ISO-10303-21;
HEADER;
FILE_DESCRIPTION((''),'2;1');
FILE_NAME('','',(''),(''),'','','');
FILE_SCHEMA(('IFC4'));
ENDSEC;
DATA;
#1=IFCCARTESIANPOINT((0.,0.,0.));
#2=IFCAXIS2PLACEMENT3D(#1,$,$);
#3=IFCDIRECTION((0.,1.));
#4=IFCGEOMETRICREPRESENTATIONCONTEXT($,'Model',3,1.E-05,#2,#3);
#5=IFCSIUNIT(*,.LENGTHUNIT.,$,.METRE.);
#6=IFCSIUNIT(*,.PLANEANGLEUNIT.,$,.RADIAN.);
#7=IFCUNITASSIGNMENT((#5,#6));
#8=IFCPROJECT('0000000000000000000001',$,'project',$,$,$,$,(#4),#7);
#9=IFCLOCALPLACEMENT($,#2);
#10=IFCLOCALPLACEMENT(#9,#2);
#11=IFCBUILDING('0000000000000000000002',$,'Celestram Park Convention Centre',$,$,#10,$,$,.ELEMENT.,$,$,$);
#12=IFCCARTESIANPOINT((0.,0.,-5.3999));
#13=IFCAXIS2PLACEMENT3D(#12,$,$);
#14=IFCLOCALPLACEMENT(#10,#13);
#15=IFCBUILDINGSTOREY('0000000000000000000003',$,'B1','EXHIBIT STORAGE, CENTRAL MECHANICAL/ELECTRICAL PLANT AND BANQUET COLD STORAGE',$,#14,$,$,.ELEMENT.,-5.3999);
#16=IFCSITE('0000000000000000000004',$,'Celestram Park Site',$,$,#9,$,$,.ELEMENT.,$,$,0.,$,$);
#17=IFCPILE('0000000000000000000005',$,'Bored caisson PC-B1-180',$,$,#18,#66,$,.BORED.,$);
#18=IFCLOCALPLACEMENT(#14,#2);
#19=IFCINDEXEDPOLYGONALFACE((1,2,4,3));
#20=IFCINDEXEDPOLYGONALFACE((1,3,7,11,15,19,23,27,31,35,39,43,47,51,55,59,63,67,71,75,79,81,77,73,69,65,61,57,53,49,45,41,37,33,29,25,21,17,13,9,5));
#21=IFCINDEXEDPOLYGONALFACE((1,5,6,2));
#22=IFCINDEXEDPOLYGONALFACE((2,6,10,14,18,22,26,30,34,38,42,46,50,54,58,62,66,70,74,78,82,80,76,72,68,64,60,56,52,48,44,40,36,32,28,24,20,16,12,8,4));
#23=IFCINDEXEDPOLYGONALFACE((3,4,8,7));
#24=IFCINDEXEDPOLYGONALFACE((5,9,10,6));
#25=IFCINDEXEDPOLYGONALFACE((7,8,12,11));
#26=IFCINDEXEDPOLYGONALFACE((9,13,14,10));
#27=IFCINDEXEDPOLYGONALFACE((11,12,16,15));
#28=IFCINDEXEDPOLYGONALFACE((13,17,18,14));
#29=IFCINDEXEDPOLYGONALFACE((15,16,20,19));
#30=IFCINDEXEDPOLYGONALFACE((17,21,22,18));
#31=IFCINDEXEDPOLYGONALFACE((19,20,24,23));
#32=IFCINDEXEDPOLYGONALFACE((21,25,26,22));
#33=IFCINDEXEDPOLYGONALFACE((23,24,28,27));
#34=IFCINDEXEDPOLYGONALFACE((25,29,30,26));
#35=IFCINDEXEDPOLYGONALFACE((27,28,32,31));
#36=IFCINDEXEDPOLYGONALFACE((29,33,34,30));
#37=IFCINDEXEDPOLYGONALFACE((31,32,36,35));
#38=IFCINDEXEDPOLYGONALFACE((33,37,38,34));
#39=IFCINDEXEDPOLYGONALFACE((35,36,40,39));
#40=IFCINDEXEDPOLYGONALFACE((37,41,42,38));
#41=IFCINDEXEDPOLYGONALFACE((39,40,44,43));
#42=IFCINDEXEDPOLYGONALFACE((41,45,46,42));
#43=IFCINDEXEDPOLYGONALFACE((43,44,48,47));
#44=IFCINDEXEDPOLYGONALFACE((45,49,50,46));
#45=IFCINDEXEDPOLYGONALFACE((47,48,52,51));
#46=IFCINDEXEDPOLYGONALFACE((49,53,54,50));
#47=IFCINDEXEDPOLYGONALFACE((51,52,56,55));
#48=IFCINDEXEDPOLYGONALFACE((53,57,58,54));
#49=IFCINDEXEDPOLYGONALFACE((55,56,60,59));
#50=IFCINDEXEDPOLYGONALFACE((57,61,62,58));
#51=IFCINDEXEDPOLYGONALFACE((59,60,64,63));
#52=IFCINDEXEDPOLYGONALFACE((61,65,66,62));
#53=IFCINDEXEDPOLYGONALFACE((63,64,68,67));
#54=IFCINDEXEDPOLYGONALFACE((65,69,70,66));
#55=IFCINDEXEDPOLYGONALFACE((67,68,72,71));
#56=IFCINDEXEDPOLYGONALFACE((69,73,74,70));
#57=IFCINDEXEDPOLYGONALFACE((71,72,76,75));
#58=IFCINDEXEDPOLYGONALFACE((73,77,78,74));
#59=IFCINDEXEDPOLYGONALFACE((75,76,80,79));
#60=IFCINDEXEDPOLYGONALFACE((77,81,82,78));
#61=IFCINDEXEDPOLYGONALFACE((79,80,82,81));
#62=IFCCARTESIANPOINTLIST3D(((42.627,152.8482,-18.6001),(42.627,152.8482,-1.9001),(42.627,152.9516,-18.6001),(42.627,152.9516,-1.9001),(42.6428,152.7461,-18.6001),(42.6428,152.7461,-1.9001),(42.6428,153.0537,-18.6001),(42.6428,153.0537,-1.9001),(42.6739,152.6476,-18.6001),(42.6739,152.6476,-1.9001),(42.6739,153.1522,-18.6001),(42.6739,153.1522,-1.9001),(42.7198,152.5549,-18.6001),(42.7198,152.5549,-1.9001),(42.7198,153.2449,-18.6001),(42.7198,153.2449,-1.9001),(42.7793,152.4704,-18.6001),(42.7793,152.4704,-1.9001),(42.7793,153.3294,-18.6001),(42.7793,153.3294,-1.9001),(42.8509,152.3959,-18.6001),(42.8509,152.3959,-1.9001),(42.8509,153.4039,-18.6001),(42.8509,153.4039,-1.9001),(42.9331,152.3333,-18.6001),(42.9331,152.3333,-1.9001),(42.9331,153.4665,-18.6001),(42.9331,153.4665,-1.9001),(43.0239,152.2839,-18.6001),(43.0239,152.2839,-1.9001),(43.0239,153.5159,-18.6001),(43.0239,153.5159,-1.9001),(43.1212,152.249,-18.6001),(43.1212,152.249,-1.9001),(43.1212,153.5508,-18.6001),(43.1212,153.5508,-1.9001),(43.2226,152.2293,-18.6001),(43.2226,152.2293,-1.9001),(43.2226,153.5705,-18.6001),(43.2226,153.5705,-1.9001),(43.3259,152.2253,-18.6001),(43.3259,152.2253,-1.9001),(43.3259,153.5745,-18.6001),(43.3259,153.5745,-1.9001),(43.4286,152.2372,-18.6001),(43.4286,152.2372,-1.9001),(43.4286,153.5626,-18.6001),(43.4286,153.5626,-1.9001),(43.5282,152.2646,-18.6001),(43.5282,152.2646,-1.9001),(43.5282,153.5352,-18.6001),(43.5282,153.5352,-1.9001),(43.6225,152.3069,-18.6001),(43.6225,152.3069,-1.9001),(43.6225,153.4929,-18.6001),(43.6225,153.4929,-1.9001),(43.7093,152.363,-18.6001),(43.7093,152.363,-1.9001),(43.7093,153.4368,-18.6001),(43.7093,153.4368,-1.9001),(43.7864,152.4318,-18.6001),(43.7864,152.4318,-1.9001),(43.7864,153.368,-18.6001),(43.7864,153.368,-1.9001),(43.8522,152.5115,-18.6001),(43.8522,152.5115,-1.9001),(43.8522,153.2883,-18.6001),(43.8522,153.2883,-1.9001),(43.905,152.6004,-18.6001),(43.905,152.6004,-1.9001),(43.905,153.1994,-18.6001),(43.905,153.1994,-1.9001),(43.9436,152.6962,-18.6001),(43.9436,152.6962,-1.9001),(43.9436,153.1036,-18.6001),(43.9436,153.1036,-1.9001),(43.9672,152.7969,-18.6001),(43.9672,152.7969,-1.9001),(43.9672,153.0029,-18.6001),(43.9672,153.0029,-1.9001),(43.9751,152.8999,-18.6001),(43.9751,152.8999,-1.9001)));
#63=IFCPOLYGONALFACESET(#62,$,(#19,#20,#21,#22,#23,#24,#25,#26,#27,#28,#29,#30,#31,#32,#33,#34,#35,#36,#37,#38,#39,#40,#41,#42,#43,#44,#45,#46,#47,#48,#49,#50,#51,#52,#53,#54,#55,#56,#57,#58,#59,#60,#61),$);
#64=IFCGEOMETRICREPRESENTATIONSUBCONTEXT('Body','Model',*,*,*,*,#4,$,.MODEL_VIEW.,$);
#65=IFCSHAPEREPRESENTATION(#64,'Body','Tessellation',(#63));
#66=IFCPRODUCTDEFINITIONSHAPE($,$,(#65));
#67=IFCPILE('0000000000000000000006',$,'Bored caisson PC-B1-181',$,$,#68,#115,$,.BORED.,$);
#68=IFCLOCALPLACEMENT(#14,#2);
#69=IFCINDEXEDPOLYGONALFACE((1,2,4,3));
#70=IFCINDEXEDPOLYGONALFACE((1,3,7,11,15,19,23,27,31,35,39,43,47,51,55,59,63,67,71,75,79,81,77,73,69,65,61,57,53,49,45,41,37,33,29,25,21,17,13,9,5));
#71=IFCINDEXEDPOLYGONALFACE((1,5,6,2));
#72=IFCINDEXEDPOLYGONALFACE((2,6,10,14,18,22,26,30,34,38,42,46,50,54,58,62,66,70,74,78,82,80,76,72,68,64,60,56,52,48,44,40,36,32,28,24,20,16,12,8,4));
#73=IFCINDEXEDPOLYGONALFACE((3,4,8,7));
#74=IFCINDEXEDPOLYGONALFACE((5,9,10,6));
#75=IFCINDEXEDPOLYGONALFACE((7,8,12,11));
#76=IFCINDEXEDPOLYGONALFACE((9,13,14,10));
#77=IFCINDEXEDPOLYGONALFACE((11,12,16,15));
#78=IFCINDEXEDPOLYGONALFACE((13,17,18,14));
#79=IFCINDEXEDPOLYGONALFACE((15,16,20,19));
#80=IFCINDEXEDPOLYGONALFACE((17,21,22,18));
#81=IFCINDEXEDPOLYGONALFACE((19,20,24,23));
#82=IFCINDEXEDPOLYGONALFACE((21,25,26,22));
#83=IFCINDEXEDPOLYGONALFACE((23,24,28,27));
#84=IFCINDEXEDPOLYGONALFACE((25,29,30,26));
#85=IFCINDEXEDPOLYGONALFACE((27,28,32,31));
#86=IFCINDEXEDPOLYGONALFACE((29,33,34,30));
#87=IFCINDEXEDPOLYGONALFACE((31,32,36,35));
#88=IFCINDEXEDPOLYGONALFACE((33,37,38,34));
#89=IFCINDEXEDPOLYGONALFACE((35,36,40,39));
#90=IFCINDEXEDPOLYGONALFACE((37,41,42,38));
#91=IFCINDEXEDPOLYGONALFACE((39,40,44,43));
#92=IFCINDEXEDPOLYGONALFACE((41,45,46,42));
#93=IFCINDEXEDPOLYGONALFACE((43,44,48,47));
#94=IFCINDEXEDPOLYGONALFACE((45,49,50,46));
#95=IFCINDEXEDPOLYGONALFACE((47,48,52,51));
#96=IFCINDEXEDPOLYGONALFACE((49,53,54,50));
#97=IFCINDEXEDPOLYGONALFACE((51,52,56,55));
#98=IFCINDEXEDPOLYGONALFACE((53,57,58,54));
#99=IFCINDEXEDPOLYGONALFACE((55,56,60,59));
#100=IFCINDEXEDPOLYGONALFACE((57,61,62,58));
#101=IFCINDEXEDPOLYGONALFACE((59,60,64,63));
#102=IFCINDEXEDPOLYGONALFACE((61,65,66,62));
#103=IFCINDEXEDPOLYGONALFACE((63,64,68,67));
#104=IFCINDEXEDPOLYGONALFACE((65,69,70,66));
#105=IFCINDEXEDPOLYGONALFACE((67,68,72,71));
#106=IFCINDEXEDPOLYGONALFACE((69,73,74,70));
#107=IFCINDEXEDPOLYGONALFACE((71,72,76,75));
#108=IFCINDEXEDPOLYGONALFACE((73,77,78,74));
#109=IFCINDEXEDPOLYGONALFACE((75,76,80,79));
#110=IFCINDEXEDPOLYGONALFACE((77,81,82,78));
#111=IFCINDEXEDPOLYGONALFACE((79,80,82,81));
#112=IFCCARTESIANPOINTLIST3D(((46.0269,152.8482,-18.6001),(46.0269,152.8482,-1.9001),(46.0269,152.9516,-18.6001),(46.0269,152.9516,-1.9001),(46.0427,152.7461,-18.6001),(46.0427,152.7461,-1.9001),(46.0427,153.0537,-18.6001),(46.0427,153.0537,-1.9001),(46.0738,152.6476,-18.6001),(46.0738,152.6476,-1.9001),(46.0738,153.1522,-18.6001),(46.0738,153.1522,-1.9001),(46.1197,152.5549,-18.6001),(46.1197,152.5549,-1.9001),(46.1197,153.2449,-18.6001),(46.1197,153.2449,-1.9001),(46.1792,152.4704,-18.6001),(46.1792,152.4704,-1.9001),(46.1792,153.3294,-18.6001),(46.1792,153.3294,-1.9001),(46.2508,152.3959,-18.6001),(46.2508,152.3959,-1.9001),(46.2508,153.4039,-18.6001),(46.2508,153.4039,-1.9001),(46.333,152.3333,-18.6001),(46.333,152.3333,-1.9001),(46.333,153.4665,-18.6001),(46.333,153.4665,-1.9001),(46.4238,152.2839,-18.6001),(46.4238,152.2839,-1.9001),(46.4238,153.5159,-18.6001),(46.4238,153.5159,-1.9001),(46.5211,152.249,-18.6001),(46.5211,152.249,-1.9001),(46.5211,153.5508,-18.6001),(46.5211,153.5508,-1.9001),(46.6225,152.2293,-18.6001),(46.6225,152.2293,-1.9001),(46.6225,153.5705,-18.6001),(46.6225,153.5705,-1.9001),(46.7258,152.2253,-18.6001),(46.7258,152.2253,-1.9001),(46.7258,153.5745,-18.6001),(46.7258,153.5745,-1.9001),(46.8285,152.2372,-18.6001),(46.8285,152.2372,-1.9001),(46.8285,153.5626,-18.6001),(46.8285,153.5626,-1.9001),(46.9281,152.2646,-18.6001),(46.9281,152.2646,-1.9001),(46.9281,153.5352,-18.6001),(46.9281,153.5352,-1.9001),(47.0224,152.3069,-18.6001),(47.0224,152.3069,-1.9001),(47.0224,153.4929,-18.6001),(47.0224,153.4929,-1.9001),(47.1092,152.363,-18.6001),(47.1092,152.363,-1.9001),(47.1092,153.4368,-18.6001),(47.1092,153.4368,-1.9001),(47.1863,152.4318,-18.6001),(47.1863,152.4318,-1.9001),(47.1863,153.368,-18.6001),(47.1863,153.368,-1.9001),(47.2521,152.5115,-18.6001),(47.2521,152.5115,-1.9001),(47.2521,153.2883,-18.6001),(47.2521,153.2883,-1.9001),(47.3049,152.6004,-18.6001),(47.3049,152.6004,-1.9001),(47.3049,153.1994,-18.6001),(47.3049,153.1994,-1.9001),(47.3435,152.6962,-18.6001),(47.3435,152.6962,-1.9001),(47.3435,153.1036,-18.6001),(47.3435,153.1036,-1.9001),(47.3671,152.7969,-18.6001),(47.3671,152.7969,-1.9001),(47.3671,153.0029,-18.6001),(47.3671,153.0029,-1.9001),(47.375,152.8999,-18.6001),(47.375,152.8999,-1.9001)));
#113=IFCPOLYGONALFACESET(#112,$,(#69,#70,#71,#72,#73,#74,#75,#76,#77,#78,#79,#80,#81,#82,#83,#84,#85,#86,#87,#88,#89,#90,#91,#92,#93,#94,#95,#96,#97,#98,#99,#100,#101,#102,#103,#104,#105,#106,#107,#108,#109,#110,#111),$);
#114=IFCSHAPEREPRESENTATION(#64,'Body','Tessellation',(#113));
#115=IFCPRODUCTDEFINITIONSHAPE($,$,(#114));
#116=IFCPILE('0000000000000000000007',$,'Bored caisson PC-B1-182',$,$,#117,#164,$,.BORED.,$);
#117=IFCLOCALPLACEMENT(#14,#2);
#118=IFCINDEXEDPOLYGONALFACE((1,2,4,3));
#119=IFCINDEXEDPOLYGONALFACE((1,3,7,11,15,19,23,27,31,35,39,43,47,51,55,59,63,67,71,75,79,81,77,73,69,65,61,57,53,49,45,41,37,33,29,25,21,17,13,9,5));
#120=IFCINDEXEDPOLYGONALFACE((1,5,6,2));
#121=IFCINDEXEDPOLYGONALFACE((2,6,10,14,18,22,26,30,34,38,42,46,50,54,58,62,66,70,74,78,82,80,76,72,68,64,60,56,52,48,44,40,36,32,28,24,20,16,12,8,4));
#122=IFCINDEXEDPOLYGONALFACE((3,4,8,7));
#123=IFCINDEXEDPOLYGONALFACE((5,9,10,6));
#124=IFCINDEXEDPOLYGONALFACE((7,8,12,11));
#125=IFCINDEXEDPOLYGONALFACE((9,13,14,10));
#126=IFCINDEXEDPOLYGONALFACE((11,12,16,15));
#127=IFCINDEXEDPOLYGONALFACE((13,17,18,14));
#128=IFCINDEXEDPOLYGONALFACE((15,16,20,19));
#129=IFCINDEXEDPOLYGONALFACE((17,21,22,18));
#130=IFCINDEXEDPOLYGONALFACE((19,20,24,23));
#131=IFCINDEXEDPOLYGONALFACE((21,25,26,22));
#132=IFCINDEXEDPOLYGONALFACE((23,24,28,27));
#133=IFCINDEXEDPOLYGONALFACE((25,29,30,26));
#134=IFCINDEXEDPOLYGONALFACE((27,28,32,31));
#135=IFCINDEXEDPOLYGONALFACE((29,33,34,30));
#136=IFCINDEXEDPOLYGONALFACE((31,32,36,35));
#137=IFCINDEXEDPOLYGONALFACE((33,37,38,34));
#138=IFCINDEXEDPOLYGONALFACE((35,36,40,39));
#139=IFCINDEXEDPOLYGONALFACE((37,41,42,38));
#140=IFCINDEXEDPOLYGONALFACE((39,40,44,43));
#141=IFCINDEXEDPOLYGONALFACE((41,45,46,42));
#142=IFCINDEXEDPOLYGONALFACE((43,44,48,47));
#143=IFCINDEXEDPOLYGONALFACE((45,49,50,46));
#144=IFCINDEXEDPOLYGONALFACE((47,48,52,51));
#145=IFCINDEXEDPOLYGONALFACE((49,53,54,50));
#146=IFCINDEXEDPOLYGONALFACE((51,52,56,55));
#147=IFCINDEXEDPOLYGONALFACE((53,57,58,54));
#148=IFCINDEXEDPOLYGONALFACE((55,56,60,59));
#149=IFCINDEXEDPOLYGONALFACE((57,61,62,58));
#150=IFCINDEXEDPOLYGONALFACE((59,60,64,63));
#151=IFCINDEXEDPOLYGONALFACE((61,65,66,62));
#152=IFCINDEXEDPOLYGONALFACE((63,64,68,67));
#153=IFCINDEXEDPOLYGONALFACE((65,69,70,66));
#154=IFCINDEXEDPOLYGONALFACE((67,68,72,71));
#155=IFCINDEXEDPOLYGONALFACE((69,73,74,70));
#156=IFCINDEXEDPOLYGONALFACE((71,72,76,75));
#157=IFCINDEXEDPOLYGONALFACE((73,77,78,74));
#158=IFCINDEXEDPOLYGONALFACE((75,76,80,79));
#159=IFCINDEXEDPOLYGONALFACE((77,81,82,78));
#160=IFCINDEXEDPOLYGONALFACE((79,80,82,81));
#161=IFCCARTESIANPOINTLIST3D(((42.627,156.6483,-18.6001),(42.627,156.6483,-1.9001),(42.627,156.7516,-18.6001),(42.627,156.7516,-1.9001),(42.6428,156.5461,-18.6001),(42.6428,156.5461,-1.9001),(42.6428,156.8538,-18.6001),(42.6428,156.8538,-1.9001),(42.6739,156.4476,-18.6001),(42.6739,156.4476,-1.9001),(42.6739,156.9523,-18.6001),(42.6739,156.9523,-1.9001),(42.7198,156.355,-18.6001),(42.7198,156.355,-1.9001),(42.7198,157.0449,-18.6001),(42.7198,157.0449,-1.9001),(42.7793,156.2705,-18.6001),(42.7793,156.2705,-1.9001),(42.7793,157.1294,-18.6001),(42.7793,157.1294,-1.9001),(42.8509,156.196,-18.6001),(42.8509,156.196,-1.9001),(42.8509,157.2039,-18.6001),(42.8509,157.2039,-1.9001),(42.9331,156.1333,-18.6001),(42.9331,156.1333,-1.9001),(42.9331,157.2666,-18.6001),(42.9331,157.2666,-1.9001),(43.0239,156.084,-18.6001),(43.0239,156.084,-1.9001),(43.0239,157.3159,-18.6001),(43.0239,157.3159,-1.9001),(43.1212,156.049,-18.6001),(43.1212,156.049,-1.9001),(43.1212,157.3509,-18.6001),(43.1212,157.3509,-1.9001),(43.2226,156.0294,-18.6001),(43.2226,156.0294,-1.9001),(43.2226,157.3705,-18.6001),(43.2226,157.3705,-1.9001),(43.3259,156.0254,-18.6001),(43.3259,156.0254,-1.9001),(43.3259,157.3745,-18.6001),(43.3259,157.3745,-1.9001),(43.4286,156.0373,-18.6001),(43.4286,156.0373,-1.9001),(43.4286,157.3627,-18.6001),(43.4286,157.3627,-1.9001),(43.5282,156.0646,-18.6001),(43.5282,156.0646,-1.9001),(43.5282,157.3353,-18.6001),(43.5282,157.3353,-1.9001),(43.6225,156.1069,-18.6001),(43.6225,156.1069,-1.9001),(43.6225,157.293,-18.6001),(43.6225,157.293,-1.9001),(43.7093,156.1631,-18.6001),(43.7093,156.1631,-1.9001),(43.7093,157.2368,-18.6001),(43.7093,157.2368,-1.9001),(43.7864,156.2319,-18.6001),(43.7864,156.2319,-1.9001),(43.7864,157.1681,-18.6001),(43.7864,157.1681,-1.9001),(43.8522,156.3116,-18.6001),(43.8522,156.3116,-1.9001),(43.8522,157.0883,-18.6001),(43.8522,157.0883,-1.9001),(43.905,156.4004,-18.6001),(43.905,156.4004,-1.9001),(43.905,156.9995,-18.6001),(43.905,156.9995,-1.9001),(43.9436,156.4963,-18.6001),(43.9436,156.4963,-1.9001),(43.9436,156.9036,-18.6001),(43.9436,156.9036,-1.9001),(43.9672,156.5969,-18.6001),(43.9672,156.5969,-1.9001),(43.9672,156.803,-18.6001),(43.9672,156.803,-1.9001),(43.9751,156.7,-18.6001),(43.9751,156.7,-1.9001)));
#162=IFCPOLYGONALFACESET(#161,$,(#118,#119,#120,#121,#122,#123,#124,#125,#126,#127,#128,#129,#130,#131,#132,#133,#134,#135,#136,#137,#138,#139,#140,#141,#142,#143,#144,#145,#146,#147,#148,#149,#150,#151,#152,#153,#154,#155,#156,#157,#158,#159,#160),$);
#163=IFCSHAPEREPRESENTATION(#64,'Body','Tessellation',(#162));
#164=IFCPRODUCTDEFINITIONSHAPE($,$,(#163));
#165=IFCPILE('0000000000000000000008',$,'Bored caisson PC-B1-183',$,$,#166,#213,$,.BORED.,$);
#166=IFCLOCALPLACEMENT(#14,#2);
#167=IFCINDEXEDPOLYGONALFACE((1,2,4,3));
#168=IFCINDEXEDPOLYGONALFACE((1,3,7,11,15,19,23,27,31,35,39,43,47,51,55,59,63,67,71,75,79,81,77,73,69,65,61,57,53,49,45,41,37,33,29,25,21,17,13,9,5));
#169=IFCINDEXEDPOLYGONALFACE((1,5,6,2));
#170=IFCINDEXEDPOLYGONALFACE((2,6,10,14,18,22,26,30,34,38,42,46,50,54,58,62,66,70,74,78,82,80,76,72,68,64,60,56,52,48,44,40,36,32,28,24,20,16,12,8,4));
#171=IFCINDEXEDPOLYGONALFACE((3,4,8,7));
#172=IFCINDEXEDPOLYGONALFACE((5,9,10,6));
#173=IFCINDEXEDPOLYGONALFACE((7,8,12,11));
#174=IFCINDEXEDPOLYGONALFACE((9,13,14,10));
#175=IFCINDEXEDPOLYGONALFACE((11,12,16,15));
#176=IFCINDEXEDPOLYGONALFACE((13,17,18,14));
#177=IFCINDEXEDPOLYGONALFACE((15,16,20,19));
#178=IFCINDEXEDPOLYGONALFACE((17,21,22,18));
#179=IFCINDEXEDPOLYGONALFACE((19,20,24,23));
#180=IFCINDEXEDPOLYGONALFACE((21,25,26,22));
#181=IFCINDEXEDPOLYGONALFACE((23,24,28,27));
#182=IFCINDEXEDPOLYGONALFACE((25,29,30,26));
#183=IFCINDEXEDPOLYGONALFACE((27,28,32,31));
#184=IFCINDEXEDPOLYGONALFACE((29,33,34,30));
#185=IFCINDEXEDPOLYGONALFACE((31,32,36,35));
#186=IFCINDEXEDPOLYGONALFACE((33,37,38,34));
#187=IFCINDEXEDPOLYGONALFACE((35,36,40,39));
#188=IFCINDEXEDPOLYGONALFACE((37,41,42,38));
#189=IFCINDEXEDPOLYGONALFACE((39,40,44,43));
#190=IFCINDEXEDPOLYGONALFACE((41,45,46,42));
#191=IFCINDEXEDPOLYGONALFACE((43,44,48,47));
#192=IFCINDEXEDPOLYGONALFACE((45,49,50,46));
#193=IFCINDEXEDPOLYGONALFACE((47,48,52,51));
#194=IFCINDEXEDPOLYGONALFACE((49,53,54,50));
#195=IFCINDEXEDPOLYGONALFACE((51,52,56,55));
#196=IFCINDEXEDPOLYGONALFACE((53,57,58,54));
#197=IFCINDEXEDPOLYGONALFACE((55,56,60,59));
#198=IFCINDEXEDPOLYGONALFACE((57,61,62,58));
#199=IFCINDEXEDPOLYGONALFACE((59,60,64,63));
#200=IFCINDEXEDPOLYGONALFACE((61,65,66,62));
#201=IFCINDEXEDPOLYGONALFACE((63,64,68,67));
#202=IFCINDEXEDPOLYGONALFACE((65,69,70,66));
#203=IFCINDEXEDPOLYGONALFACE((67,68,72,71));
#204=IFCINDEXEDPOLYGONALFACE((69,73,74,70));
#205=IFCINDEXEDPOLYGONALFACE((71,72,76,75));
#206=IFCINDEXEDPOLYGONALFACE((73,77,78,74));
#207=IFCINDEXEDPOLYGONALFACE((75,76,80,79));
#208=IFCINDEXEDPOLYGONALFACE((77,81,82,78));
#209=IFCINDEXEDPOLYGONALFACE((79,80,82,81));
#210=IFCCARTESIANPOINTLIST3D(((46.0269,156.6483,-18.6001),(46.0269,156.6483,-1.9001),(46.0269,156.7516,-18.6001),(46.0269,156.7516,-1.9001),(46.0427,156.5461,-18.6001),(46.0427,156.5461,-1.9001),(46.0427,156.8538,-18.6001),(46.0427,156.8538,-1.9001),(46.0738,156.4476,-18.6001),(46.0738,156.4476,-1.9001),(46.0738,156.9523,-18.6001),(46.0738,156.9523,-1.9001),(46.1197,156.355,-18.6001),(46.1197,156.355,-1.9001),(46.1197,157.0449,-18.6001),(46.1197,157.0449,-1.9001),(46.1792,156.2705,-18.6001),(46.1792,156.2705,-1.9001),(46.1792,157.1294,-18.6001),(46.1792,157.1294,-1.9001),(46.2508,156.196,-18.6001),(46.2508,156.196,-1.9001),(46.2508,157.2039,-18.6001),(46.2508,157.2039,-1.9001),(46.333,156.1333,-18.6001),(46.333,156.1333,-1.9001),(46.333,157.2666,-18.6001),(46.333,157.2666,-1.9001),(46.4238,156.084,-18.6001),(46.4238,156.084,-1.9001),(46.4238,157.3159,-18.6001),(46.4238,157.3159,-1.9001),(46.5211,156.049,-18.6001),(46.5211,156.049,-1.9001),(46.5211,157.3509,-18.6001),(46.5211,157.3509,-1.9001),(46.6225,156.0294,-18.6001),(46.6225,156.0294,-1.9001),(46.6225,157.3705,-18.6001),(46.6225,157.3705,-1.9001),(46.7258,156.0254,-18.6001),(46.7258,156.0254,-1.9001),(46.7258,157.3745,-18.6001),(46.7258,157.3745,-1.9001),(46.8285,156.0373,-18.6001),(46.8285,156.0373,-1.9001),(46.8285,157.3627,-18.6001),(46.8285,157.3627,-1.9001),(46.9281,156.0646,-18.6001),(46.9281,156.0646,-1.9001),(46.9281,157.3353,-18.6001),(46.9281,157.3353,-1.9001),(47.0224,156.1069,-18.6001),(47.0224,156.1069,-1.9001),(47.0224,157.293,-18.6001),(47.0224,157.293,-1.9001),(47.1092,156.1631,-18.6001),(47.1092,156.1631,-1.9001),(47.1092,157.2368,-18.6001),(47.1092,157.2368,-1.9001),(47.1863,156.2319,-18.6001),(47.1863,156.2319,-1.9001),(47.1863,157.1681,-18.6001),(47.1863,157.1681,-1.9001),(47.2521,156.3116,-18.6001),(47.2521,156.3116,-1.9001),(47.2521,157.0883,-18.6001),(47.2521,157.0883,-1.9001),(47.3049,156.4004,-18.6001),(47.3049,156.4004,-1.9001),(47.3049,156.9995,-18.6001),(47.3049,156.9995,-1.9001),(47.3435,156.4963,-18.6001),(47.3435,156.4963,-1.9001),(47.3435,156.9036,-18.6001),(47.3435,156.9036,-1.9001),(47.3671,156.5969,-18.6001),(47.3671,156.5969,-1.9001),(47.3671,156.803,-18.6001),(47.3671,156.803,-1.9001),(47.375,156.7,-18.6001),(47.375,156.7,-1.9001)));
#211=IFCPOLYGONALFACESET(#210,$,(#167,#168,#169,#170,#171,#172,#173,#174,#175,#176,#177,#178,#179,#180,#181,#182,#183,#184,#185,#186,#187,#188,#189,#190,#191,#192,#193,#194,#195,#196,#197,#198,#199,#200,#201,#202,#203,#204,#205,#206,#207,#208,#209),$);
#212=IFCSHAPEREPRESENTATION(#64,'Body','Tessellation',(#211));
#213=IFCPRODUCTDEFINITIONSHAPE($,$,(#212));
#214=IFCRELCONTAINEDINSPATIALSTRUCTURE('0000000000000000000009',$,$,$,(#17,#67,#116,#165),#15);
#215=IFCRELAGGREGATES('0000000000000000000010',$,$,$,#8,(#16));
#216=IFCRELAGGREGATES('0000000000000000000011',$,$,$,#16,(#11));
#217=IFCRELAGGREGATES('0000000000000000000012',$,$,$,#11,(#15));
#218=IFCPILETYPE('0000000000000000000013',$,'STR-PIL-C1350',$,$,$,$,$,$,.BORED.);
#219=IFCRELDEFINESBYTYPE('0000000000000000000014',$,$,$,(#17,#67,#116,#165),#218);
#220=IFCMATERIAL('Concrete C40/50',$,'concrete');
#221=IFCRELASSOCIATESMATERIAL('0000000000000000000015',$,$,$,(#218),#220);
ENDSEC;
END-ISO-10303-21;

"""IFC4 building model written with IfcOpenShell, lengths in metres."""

from ifc_helpers import new_model, si_unit, direction, frame, origin, origin_2d, place, context, subcontext, project, spatial, circle, extrude, material, material_profile, profile_set, type_object, element, save


model = new_model("IFC4")

# Units and contexts
model_context = context("Model", 3, precision=1e-05, world=origin(), true_north=direction((0.0, 1.0)))
body_context = subcontext(model_context, "Body", "Model", "MODEL_VIEW")
ifc_project = project(units=[si_unit("LENGTHUNIT", "METRE"), si_unit("PLANEANGLEUNIT", "RADIAN")], contexts=[model_context])

# Site, building, storey
site_placement = place(None, origin())
site = spatial("IfcSite", under=ifc_project, at=site_placement, Name="Celestram Park Site", CompositionType="ELEMENT", RefElevation=0.0)
building_placement = place(site_placement, origin())
building = spatial("IfcBuilding", under=site, at=building_placement, Name="Celestram Park Convention Centre", CompositionType="ELEMENT")
storey_placement = place(building_placement, frame((0.0, 0.0, -5.3999)))
storey = spatial("IfcBuildingStorey", under=building, at=storey_placement, Name="B1", Description="EXHIBIT STORAGE, CENTRAL MECHANICAL/ELECTRICAL PLANT AND BANQUET COLD STORAGE", CompositionType="ELEMENT", Elevation=-5.3999)

# Shared definitions
ifc_material_1 = material(Name="Concrete C40/50", Category="concrete")

# Piles
ifc_material_profile_1 = material_profile(ifc_material_1, circle(Radius=0.675, at=origin_2d()), Name="CAISSON1350")
ifc_profile_set_1 = profile_set([ifc_material_profile_1], Name="Concrete C40/50")
pile_type = type_object("IfcPileType", Name="STR-PIL-C1350", PredefinedType="BORED", material=ifc_profile_set_1)
for number, where, z_axis, x_axis, name in (
    (1, (43.3, 152.8999, -1.9001), (0.0, 0.0, -1.0), (1.0, 0.0, 0.0), "Bored caisson PC-B1-180"),
    (2, (46.7, 152.8999, -1.9001), (0.0, 0.0, -1.0), (1.0, 0.0, 0.0), "Bored caisson PC-B1-181"),
    (3, (43.3, 156.7, -1.9001), (0.0, 0.0, -1.0), (1.0, 0.0, 0.0), "Bored caisson PC-B1-182"),
    (4, (46.7, 156.7, -1.9001), (0.0, 0.0, -1.0), (1.0, 0.0, 0.0), "Bored caisson PC-B1-183"),
):
    element("IfcPile", number, at=place(storey_placement, frame(where, z_axis=z_axis, x_axis=x_axis)), inside=storey, type_object=pile_type, Name=name, PredefinedType="BORED", context=body_context, shape_type="SweptSolid", body=[
        extrude(circle(Radius=0.675, at=origin_2d()), origin(), (0.0, 0.0, 1.0), 16.7),
    ])

save(model, "model.ifc")
